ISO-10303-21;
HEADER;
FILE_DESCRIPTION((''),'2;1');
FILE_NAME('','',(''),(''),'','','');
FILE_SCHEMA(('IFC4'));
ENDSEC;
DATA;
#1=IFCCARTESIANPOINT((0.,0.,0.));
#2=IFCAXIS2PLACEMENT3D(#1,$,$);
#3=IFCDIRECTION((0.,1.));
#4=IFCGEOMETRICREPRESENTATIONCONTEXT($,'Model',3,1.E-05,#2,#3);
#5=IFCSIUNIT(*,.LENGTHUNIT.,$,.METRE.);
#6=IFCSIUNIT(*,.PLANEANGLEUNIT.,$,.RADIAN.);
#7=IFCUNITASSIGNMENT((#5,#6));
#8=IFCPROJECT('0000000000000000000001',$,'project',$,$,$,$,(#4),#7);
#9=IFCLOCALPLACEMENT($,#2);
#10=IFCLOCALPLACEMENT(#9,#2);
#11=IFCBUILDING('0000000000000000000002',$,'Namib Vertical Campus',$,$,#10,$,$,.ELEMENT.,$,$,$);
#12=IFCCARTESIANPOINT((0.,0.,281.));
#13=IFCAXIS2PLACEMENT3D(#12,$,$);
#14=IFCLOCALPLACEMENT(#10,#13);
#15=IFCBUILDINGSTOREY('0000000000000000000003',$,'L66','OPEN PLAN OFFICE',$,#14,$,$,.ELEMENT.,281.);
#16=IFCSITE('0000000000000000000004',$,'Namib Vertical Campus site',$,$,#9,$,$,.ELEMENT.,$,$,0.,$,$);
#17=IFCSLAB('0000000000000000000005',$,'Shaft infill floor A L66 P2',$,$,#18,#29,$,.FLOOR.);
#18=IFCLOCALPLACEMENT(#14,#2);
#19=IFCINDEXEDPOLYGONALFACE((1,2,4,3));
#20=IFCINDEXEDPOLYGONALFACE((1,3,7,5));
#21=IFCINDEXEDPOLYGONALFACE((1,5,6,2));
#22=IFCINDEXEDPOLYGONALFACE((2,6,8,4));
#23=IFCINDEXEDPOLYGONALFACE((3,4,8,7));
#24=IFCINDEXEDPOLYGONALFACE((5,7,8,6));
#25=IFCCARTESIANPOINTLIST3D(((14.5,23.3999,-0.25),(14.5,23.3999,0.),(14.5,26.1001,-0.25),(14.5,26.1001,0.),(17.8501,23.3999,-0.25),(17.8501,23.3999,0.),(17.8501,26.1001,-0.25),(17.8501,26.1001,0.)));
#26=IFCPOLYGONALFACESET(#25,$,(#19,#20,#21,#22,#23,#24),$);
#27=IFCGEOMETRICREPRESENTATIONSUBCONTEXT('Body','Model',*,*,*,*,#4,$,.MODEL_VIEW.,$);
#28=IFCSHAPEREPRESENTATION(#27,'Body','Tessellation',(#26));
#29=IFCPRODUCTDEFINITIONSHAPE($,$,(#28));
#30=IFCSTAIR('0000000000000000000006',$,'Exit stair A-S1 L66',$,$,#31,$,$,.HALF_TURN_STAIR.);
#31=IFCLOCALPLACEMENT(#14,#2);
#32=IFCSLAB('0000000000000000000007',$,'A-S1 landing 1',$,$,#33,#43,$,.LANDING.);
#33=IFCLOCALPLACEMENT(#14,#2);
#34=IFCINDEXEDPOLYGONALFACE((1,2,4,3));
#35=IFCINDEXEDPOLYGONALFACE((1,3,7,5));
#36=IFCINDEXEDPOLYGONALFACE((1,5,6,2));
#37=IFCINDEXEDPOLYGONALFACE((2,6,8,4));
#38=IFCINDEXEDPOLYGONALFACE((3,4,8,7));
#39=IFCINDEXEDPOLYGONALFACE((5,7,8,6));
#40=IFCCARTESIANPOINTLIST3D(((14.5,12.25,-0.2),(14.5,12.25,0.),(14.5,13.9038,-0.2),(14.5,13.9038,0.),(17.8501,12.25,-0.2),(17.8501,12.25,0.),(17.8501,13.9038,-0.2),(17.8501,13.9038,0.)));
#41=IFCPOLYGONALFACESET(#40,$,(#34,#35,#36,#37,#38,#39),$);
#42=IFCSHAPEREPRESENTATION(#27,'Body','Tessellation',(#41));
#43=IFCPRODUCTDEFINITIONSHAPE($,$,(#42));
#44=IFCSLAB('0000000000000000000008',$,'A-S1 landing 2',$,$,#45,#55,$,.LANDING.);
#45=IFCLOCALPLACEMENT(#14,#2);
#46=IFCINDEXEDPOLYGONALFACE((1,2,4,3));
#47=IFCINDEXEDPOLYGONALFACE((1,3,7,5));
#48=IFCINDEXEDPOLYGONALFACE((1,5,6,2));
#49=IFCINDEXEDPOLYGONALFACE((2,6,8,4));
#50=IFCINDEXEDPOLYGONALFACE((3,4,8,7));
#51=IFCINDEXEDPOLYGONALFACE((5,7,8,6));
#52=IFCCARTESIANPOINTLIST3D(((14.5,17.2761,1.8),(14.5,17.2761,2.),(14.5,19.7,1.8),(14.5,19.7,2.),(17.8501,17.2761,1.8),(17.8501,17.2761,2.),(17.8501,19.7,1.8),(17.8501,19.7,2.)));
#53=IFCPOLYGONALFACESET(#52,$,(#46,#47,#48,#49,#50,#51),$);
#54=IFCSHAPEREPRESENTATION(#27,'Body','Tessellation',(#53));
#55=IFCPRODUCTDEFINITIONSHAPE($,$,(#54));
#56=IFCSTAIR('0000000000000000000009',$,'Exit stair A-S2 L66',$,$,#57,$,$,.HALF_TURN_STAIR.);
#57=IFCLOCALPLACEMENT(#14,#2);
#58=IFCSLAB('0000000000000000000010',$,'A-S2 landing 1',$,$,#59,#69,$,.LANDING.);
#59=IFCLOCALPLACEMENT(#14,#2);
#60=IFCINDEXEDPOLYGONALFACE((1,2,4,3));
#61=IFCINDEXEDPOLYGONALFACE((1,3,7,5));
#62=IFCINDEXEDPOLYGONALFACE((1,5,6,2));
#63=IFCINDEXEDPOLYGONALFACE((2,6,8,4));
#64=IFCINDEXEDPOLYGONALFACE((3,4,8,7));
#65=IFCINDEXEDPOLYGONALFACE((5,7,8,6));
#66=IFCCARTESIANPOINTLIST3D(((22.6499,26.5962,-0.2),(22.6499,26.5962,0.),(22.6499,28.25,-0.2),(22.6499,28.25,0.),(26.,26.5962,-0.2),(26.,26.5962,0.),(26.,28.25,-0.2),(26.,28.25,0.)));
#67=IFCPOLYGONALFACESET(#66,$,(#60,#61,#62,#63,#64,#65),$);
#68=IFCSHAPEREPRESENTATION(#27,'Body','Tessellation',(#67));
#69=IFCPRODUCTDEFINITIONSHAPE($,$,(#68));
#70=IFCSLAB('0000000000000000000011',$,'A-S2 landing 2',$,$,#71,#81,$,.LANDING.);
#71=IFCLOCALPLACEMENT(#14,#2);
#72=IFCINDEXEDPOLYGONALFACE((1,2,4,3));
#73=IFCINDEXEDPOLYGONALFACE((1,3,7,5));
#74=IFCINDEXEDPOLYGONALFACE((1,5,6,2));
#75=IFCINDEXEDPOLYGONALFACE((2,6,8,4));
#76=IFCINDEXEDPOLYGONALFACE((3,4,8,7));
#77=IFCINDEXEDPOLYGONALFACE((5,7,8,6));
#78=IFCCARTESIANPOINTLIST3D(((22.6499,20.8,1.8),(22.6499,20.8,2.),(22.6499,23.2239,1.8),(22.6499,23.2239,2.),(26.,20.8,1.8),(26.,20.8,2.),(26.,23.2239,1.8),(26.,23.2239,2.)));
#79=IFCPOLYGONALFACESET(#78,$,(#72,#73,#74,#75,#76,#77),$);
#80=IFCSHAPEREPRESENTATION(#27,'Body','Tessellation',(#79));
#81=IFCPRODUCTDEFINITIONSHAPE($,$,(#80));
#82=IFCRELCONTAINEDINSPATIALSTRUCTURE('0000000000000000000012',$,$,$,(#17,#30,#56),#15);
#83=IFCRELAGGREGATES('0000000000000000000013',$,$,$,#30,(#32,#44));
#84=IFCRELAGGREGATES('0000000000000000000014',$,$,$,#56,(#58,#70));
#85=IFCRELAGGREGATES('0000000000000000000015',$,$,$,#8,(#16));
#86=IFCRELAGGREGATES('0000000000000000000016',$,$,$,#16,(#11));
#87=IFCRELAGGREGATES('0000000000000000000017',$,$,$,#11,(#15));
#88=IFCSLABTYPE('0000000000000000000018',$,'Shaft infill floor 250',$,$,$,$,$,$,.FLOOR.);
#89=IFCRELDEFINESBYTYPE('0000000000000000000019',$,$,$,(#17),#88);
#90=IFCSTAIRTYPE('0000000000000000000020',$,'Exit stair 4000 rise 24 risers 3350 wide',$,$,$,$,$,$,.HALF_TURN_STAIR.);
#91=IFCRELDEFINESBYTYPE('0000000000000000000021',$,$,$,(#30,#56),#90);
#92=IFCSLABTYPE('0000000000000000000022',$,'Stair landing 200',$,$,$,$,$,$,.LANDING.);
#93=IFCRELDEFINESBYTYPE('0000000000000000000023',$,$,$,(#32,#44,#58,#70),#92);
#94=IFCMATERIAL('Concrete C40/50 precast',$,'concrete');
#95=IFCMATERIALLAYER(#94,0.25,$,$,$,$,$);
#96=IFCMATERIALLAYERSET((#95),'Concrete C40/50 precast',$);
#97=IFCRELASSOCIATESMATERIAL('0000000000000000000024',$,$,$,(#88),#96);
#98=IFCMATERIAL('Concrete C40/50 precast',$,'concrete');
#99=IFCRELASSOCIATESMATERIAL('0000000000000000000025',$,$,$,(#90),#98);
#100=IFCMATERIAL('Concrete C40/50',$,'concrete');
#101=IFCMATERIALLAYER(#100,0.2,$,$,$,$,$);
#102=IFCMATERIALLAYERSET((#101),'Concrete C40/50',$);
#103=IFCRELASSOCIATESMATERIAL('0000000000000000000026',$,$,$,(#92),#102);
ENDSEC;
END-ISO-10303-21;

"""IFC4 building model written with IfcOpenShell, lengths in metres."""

from ifc_helpers import new_model, si_unit, direction, frame, origin, place, context, subcontext, project, spatial, polyline, outline, extrude, material, layer, layer_set, type_object, element, aggregate, save


model = new_model("IFC4")

# Units and contexts
model_context = context("Model", 3, precision=1e-05, world=origin(), true_north=direction((0.0, 1.0)))
body_context = subcontext(model_context, "Body", "Model", "MODEL_VIEW")
ifc_project = project(units=[si_unit("LENGTHUNIT", "METRE"), si_unit("PLANEANGLEUNIT", "RADIAN")], contexts=[model_context])

# Site, building, storey
site_placement = place(None, origin())
site = spatial("IfcSite", under=ifc_project, at=site_placement, Name="Namib Vertical Campus site", CompositionType="ELEMENT", RefElevation=0.0)
building_placement = place(site_placement, origin())
building = spatial("IfcBuilding", under=site, at=building_placement, Name="Namib Vertical Campus", CompositionType="ELEMENT")
storey_placement = place(building_placement, frame((0.0, 0.0, 281.0)))
storey = spatial("IfcBuildingStorey", under=building, at=storey_placement, Name="L66", Description="OPEN PLAN OFFICE", CompositionType="ELEMENT", Elevation=281.0)

# Slab
ifc_material_1 = material(Name="Concrete C40/50 precast", Category="concrete")
ifc_layer_1 = layer(ifc_material_1, 0.25)
ifc_layer_set_1 = layer_set([ifc_layer_1], Name="Concrete C40/50 precast")
slab_type_1 = type_object("IfcSlabType", Name="Shaft infill floor 250", PredefinedType="FLOOR", material=ifc_layer_set_1)
slab_1_placement = place(storey_placement, frame((0.0, 0.0, -0.25)))
element("IfcSlab", 1, at=slab_1_placement, inside=storey, type_object=slab_type_1, Name="Shaft infill floor A L66 P2", PredefinedType="FLOOR", context=body_context, shape_type="SweptSolid", body=[
    extrude(outline(polyline([(14.5, 23.3999), (17.8501, 23.3999), (17.8501, 26.1001), (14.5, 26.1001), (14.5, 23.3999)])), origin(), (0.0, 0.0, 1.0), 0.25),
])

# Stairs, slabs
ifc_material_2 = material(Name="Concrete C40/50 precast", Category="concrete")
stair_type = type_object("IfcStairType", Name="Exit stair 4000 rise 24 risers 3350 wide", PredefinedType="HALF_TURN_STAIR", material=ifc_material_2)
stair_1_placement = place(storey_placement, origin())
stair_1 = element("IfcStair", 2, at=stair_1_placement, inside=storey, type_object=stair_type, Name="Exit stair A-S1 L66", PredefinedType="HALF_TURN_STAIR")
ifc_material_3 = material(Name="Concrete C40/50", Category="concrete")
ifc_layer_2 = layer(ifc_material_3, 0.2)
ifc_layer_set_2 = layer_set([ifc_layer_2], Name="Concrete C40/50")
slab_type_2 = type_object("IfcSlabType", Name="Stair landing 200", PredefinedType="LANDING", material=ifc_layer_set_2)
slab_2_placement = place(storey_placement, frame((0.0, 0.0, -0.2)))
slab_2 = element("IfcSlab", 3, at=slab_2_placement, type_object=slab_type_2, Name="A-S1 landing 1", PredefinedType="LANDING", context=body_context, shape_type="SweptSolid", body=[
    extrude(outline(polyline([(14.5, 12.25), (17.8501, 12.25), (17.8501, 13.9038), (14.5, 13.9038), (14.5, 12.25)])), origin(), (0.0, 0.0, 1.0), 0.2),
])
slab_3_placement = place(storey_placement, frame((0.0, 0.0, 1.8)))
slab_3 = element("IfcSlab", 4, at=slab_3_placement, type_object=slab_type_2, Name="A-S1 landing 2", PredefinedType="LANDING", context=body_context, shape_type="SweptSolid", body=[
    extrude(outline(polyline([(14.5, 17.2761), (17.8501, 17.2761), (17.8501, 19.7), (14.5, 19.7), (14.5, 17.2761)])), origin(), (0.0, 0.0, 1.0), 0.2),
])
aggregate(stair_1, [slab_2, slab_3])
stair_2_placement = place(storey_placement, origin())
stair_2 = element("IfcStair", 5, at=stair_2_placement, inside=storey, type_object=stair_type, Name="Exit stair A-S2 L66", PredefinedType="HALF_TURN_STAIR")
slab_4_placement = place(storey_placement, frame((0.0, 0.0, -0.2)))
slab_4 = element("IfcSlab", 6, at=slab_4_placement, type_object=slab_type_2, Name="A-S2 landing 1", PredefinedType="LANDING", context=body_context, shape_type="SweptSolid", body=[
    extrude(outline(polyline([(22.6499, 26.5962), (26.0, 26.5962), (26.0, 28.25), (22.6499, 28.25), (22.6499, 26.5962)])), origin(), (0.0, 0.0, 1.0), 0.2),
])
slab_5_placement = place(storey_placement, frame((0.0, 0.0, 1.8)))
slab_5 = element("IfcSlab", 7, at=slab_5_placement, type_object=slab_type_2, Name="A-S2 landing 2", PredefinedType="LANDING", context=body_context, shape_type="SweptSolid", body=[
    extrude(outline(polyline([(22.6499, 20.8), (26.0, 20.8), (26.0, 23.2239), (22.6499, 23.2239), (22.6499, 20.8)])), origin(), (0.0, 0.0, 1.0), 0.2),
])
aggregate(stair_2, [slab_4, slab_5])

save(model, "model.ifc")
